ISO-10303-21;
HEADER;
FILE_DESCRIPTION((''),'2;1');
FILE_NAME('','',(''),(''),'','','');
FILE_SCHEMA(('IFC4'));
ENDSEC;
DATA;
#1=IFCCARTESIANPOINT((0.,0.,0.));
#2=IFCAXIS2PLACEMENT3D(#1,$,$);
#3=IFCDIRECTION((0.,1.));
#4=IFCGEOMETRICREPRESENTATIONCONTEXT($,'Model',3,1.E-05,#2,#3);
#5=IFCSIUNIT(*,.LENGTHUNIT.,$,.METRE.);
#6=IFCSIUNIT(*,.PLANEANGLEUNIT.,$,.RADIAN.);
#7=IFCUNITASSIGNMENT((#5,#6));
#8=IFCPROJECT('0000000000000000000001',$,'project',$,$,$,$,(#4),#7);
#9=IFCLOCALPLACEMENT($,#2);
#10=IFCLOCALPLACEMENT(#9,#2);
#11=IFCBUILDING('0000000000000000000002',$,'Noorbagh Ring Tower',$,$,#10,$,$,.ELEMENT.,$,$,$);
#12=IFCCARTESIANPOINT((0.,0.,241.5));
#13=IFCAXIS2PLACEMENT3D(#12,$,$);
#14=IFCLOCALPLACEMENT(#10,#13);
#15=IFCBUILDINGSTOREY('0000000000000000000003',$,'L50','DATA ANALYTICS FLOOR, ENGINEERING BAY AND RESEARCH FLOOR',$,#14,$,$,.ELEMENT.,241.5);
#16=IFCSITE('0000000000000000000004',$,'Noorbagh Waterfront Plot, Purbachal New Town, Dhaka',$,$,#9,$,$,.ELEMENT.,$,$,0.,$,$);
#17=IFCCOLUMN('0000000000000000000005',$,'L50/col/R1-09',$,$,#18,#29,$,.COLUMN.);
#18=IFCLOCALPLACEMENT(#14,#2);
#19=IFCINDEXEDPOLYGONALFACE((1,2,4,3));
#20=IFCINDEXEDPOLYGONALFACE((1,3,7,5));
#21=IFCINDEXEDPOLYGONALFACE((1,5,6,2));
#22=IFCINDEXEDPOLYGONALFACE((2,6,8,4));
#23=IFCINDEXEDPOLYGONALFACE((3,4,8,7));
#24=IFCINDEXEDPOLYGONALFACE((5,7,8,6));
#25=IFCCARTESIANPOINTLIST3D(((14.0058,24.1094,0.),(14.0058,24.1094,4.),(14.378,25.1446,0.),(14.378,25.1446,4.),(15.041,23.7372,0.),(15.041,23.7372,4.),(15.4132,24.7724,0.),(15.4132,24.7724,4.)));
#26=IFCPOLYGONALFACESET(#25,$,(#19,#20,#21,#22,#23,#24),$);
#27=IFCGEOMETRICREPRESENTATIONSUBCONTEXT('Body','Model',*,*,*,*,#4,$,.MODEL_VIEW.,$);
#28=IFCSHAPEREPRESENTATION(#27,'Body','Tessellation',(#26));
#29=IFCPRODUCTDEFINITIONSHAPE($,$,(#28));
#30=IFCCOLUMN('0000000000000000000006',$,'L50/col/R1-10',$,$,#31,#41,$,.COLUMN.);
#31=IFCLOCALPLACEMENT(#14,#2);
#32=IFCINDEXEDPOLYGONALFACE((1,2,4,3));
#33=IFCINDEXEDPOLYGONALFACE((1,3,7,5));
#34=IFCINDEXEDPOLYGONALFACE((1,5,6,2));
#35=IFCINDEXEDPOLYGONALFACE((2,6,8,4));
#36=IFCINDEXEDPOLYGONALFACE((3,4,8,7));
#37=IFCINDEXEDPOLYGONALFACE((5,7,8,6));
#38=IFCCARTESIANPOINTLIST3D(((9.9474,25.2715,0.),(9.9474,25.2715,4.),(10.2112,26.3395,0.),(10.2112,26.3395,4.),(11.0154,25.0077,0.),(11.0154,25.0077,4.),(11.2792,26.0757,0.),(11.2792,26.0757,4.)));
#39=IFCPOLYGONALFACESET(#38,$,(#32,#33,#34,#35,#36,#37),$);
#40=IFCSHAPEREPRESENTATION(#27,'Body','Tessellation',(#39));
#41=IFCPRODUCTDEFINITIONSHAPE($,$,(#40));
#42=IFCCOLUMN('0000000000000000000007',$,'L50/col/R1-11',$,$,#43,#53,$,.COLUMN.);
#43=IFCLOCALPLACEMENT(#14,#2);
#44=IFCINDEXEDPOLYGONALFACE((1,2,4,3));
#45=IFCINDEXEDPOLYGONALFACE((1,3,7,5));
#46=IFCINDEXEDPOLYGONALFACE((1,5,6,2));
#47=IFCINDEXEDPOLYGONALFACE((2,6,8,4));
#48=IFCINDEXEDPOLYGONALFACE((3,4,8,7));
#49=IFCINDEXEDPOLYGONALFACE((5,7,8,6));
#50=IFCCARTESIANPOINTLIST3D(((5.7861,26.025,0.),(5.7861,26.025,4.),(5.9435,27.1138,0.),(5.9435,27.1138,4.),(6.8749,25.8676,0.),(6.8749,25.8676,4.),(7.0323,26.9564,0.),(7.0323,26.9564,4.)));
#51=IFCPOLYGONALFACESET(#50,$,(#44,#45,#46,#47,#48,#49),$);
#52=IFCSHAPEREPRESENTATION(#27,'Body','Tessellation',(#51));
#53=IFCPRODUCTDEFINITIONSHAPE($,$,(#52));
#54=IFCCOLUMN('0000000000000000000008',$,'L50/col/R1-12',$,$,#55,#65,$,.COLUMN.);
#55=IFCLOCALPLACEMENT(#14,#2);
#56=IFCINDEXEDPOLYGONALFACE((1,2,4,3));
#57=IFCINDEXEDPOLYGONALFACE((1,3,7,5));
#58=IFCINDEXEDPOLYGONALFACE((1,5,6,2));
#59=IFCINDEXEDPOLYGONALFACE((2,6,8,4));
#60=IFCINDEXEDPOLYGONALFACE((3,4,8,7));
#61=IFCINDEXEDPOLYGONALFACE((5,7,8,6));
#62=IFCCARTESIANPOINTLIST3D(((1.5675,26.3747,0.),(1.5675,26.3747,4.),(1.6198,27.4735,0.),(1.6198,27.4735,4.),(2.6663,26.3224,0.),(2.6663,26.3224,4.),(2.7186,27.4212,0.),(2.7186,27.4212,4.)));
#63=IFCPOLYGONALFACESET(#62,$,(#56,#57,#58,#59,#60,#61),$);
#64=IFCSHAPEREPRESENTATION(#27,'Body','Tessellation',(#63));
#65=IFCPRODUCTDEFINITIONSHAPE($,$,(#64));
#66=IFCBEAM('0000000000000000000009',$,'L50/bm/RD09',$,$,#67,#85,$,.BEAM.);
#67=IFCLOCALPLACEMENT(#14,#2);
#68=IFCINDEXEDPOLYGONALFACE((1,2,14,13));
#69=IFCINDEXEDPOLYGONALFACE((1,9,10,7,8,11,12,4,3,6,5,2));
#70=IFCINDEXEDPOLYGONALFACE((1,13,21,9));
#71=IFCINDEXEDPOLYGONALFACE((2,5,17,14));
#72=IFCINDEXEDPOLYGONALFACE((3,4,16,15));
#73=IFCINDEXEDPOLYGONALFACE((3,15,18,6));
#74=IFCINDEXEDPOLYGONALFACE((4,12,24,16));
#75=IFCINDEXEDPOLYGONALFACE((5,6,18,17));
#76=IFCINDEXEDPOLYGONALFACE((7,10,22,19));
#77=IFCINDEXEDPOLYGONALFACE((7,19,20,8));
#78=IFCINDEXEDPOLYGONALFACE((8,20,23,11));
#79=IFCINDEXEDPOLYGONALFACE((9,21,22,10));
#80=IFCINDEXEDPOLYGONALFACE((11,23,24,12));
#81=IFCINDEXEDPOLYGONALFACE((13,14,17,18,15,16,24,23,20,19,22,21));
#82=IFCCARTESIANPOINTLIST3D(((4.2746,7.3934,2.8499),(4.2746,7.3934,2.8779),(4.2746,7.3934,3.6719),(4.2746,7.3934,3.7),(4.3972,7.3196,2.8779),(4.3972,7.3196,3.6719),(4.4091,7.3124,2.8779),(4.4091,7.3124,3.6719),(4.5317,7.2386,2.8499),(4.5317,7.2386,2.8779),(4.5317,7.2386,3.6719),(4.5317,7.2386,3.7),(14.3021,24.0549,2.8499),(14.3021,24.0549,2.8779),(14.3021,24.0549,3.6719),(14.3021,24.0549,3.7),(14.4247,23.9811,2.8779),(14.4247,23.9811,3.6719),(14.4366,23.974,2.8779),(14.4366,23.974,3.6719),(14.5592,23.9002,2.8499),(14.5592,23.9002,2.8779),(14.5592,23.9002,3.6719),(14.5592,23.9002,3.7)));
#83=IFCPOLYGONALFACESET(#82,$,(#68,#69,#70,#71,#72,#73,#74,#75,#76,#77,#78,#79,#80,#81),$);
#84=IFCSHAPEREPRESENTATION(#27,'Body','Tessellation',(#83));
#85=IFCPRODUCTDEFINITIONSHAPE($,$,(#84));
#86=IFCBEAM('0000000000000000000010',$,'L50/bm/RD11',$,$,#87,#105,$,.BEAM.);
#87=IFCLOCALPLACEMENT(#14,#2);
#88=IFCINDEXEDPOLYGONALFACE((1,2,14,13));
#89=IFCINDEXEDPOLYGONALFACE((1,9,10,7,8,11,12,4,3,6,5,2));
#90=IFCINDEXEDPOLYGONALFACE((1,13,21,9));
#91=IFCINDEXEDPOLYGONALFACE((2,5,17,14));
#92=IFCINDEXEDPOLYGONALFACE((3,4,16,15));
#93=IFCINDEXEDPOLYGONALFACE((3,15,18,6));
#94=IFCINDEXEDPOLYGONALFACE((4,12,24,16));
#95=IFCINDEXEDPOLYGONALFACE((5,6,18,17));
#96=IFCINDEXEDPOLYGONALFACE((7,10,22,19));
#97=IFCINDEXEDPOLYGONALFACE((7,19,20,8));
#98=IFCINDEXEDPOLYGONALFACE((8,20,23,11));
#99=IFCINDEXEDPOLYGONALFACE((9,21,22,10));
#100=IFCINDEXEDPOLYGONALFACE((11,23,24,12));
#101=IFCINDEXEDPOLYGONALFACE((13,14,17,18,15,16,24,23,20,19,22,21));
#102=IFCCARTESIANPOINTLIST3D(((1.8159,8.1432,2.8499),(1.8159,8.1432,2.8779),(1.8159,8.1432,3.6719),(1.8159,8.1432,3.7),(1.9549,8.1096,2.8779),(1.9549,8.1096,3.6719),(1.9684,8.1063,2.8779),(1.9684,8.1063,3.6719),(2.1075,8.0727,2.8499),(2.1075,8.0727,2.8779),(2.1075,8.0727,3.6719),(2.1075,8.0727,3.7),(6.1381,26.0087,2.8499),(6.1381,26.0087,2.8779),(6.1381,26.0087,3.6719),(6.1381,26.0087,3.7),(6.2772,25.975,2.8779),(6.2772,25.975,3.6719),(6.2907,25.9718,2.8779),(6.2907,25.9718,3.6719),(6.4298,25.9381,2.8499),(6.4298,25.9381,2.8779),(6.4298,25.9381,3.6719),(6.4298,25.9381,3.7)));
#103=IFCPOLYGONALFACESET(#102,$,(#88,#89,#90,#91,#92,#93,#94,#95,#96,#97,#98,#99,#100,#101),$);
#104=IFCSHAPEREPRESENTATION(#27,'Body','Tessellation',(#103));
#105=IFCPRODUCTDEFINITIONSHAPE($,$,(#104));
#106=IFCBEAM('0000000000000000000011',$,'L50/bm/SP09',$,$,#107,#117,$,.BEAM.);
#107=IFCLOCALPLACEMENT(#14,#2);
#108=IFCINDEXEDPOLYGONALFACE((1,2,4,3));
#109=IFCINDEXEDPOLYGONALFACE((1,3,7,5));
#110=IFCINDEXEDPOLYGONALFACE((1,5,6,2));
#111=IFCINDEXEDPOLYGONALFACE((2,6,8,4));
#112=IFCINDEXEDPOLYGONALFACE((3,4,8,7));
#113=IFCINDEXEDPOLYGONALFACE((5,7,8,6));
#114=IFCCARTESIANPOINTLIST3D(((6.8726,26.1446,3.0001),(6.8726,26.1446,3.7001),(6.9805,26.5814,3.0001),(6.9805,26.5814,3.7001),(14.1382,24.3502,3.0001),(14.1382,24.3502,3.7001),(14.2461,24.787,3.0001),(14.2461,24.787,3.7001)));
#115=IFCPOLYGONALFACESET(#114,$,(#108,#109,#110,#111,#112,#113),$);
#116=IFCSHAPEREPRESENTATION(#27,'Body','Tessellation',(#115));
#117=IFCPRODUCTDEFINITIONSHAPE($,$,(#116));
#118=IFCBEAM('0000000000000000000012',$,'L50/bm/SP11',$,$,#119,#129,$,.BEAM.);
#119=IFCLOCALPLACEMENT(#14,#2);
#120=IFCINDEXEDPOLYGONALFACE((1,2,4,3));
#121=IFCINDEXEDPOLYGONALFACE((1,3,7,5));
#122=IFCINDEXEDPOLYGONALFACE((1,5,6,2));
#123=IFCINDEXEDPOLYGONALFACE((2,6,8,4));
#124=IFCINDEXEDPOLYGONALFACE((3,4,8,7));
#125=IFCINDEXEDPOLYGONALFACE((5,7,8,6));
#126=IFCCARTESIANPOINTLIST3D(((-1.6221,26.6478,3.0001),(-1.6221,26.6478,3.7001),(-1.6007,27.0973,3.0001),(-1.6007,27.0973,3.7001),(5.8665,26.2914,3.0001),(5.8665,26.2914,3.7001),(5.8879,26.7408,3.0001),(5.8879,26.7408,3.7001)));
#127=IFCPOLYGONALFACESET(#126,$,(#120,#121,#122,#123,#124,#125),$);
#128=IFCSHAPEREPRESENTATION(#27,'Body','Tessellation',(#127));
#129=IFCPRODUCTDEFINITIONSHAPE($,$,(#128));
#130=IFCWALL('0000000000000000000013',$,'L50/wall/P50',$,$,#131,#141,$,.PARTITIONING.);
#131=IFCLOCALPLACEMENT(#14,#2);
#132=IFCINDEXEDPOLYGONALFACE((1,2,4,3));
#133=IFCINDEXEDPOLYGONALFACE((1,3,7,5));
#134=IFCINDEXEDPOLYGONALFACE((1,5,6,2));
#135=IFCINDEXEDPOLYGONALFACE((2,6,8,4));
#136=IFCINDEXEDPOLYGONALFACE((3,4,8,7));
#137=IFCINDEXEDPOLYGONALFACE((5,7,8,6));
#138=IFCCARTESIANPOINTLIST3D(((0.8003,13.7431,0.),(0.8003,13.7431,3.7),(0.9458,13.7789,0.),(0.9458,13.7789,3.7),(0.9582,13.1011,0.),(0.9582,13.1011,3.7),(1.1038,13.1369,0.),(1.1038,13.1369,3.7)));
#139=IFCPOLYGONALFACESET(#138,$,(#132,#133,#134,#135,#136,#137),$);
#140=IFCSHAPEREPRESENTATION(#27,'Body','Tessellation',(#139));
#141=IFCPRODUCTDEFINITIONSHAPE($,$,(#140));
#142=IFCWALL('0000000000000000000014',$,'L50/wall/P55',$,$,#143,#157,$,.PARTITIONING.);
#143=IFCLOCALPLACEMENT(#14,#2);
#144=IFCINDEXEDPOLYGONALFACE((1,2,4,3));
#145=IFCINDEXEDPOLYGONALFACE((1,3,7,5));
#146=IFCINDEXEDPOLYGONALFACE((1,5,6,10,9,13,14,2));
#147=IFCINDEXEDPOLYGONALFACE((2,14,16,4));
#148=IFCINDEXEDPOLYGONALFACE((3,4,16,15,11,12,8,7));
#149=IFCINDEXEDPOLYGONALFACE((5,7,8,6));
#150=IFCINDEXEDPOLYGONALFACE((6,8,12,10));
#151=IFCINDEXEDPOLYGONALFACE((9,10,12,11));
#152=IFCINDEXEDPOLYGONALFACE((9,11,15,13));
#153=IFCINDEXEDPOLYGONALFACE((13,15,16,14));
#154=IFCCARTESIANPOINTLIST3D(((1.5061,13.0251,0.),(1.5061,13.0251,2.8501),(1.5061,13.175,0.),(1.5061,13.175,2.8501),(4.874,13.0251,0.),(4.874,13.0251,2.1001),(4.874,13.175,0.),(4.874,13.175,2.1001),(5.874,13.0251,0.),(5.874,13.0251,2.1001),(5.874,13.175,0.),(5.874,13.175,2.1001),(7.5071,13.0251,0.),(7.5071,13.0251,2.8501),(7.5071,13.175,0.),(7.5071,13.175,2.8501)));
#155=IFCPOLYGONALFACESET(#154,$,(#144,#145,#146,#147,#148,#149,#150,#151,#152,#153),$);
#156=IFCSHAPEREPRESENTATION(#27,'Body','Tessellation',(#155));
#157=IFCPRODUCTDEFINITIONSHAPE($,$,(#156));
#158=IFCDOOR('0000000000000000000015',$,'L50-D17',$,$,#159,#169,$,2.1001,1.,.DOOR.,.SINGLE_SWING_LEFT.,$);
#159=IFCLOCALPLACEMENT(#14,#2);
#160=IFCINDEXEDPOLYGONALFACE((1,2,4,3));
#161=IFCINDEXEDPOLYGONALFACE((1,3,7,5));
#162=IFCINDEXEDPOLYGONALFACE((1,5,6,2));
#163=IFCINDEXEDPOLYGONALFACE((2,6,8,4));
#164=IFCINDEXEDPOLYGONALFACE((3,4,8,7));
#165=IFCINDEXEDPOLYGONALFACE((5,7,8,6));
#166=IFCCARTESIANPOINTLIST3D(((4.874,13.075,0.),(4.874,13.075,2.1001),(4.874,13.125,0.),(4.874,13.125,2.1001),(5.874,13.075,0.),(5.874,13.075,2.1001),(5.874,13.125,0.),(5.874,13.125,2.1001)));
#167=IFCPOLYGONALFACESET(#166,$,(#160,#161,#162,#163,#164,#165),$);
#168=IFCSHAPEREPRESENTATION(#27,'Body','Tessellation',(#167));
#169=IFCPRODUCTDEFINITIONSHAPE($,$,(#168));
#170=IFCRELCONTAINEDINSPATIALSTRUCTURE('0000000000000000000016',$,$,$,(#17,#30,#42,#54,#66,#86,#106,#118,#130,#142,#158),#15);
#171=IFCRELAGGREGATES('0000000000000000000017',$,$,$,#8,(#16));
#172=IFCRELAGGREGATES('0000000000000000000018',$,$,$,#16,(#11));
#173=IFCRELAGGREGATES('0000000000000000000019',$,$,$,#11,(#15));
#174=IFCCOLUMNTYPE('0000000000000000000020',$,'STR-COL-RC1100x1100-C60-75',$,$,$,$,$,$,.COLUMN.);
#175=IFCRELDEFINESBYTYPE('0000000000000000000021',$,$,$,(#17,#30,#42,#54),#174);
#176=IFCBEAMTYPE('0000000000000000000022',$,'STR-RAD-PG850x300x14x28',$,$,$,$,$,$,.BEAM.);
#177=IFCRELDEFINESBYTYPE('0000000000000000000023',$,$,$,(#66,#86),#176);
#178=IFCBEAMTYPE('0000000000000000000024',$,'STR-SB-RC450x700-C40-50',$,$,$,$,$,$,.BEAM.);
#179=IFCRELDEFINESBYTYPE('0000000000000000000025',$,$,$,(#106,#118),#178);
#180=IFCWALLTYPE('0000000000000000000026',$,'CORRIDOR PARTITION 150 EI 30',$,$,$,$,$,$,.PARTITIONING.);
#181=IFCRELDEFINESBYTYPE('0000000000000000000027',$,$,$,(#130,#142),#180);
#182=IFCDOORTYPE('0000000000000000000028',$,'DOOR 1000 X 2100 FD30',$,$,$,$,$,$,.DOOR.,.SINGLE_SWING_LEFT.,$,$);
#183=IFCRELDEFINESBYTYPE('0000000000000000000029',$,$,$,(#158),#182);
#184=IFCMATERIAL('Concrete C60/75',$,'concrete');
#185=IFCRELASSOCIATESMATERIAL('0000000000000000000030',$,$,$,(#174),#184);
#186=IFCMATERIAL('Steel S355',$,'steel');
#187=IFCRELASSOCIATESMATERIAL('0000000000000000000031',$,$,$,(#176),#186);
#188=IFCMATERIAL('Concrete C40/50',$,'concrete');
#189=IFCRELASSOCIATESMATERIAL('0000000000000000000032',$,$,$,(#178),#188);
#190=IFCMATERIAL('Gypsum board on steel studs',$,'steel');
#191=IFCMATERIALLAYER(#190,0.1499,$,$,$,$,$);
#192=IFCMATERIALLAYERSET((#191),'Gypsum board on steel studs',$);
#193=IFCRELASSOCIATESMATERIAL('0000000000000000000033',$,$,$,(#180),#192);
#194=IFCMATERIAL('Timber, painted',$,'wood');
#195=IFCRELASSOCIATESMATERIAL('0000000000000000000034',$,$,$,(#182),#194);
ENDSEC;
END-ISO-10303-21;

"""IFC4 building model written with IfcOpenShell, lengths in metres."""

from ifc_helpers import new_model, si_unit, direction, frame, frame_2d, origin, origin_2d, place, context, subcontext, project, spatial, rectangle, i_section, extrude, material, layer, layer_set, material_profile, profile_set, type_object, element, fill, save


model = new_model("IFC4")

# Units and contexts
model_context = context("Model", 3, precision=1e-05, world=origin(), true_north=direction((0.0, 1.0)))
body_context = subcontext(model_context, "Body", "Model", "MODEL_VIEW")
ifc_project = project(units=[si_unit("LENGTHUNIT", "METRE"), si_unit("PLANEANGLEUNIT", "RADIAN")], contexts=[model_context])

# Site, building, storey
site_placement = place(None, origin())
site = spatial("IfcSite", under=ifc_project, at=site_placement, Name="Noorbagh Waterfront Plot, Purbachal New Town, Dhaka", CompositionType="ELEMENT", RefElevation=0.0)
building_placement = place(site_placement, origin())
building = spatial("IfcBuilding", under=site, at=building_placement, Name="Noorbagh Ring Tower", CompositionType="ELEMENT")
storey_placement = place(building_placement, frame((0.0, 0.0, 241.5)))
storey = spatial("IfcBuildingStorey", under=building, at=storey_placement, Name="L50", Description="DATA ANALYTICS FLOOR, ENGINEERING BAY AND RESEARCH FLOOR", CompositionType="ELEMENT", Elevation=241.5)

# Columns
ifc_material_1 = material(Name="Concrete C60/75", Category="concrete")
ifc_material_profile_1 = material_profile(ifc_material_1, rectangle(XDim=1.1001, YDim=1.1001, at=origin_2d()), Name="RC1100x1100")
ifc_profile_set_1 = profile_set([ifc_material_profile_1], Name="Concrete C60/75")
column_type = type_object("IfcColumnType", Name="STR-COL-RC1100x1100-C60-75", PredefinedType="COLUMN", material=ifc_profile_set_1)
for number, where, z_axis, x_axis, name in (
    (1, (14.7095, 24.4409, 0.0), (0.0, 0.0, 1.0), (-0.941025, 0.338338, 0.0), "L50/col/R1-09"),
    (2, (10.6133, 25.6736, 0.0), (0.0, 0.0, 1.0), (-0.970829, 0.239771, 0.0), "L50/col/R1-10"),
    (3, (6.4092, 26.4907, 0.0), (0.0, 0.0, 1.0), (-0.989713, 0.143066, 0.0), "L50/col/R1-11"),
    (4, (2.1431, 26.8979, 0.0), (0.0, 0.0, 1.0), (-0.998869, 0.047553, 0.0), "L50/col/R1-12"),
):
    element("IfcColumn", number, at=place(storey_placement, frame(where, z_axis=z_axis, x_axis=x_axis)), inside=storey, type_object=column_type, Name=name, PredefinedType="COLUMN", context=body_context, shape_type="SweptSolid", body=[
        extrude(rectangle(XDim=1.1001, YDim=1.1001, at=origin_2d()), origin(), (0.0, 0.0, 1.0), 4.0),
    ])

# Beams
ifc_material_2 = material(Name="Steel S355", Category="steel")
ifc_material_profile_2 = material_profile(ifc_material_2, i_section(OverallWidth=0.3, OverallDepth=0.8501, WebThickness=0.0139, FlangeThickness=0.0281, at=origin_2d()), Name="PG850x300x14x28")
ifc_profile_set_2 = profile_set([ifc_material_profile_2], Name="Steel S355")
beam_type_1 = type_object("IfcBeamType", Name="STR-RAD-PG850x300x14x28", PredefinedType="BEAM", material=ifc_profile_set_2)
beam_1_placement = place(storey_placement, frame((14.4307, 23.9775, 3.2749), z_axis=(-0.515653, -0.856798, 0.0), x_axis=(0.856798, -0.515653, 0.0)))
element("IfcBeam", 5, at=beam_1_placement, inside=storey, type_object=beam_type_1, Name="L50/bm/RD09", PredefinedType="BEAM", context=body_context, shape_type="SweptSolid", body=[
    extrude(i_section(OverallWidth=0.3, OverallDepth=0.8501, WebThickness=0.0139, FlangeThickness=0.0281, at=origin_2d()), origin(), (0.0, 0.0, 1.0), 19.4463),
])
beam_2_placement = place(storey_placement, frame((6.2839, 25.9734, 3.2749), z_axis=(-0.23515, -0.971959, 0.0), x_axis=(0.971959, -0.23515, 0.0)))
element("IfcBeam", 6, at=beam_2_placement, inside=storey, type_object=beam_type_1, Name="L50/bm/RD11", PredefinedType="BEAM", context=body_context, shape_type="SweptSolid", body=[
    extrude(i_section(OverallWidth=0.3, OverallDepth=0.8501, WebThickness=0.0139, FlangeThickness=0.0281, at=origin_2d()), origin(), (0.0, 0.0, 1.0), 18.3809),
])
ifc_material_3 = material(Name="Concrete C40/50", Category="concrete")
ifc_material_profile_3 = material_profile(ifc_material_3, rectangle(XDim=0.45, YDim=0.7, at=origin_2d()), Name="RC450x700")
ifc_profile_set_3 = profile_set([ifc_material_profile_3], Name="Concrete C40/50")
beam_type_2 = type_object("IfcBeamType", Name="STR-SB-RC450x700-C40-50", PredefinedType="BEAM", material=ifc_profile_set_3)
beam_3_placement = place(storey_placement, frame((14.1921, 24.5686, 3.3501), z_axis=(-0.970829, 0.239771, 0.0), x_axis=(-0.239771, -0.970829, 0.0)))
element("IfcBeam", 7, at=beam_3_placement, inside=storey, type_object=beam_type_2, Name="L50/bm/SP09", PredefinedType="BEAM", context=body_context, shape_type="SweptSolid", body=[
    extrude(rectangle(XDim=0.45, YDim=0.7, at=origin_2d()), origin(), (0.0, 0.0, 1.0), 7.4839),
])
beam_4_placement = place(storey_placement, frame((5.8772, 26.5161, 3.3501), z_axis=(-0.998869, 0.047545, 0.0), x_axis=(-0.047545, -0.998869, 0.0)))
element("IfcBeam", 8, at=beam_4_placement, inside=storey, type_object=beam_type_2, Name="L50/bm/SP11", PredefinedType="BEAM", context=body_context, shape_type="SweptSolid", body=[
    extrude(rectangle(XDim=0.45, YDim=0.7, at=origin_2d()), origin(), (0.0, 0.0, 1.0), 7.4971),
])

# Wall
ifc_material_4 = material(Name="Gypsum board on steel studs", Category="steel")
ifc_layer_1 = layer(ifc_material_4, 0.1499)
ifc_layer_set_1 = layer_set([ifc_layer_1], Name="Gypsum board on steel studs")
wall_type_1 = type_object("IfcWallType", Name="CORRIDOR PARTITION 150 EI 30", PredefinedType="PARTITIONING", material=ifc_layer_set_1)
wall_1_placement = place(storey_placement, frame((0.873, 13.761, 0.0), z_axis=(0.0, 0.0, 1.0), x_axis=(0.238885, -0.971048, 0.0)))
element("IfcWall", 9, at=wall_1_placement, inside=storey, type_object=wall_type_1, Name="L50/wall/P50", PredefinedType="PARTITIONING", context=body_context, shape_type="SweptSolid", body=[
    extrude(rectangle(XDim=0.6611, YDim=0.1499, at=frame_2d((0.3306, 0.0))), origin(), (0.0, 0.0, 1.0), 3.7),
])

# Wall, opening, door
wall_2_placement = place(storey_placement, frame((1.5061, 13.1001, 0.0), z_axis=(0.0, 0.0, 1.0), x_axis=(1.0, 0.0, 0.0)))
wall_2 = element("IfcWall", 10, at=wall_2_placement, inside=storey, type_object=wall_type_1, Name="L50/wall/P55", PredefinedType="PARTITIONING", context=body_context, shape_type="SweptSolid", body=[
    extrude(rectangle(XDim=6.001, YDim=0.1499, at=frame_2d((3.0005, 0.0))), origin(), (0.0, 0.0, 1.0), 2.8501),
])
opening_1_placement = place(wall_2_placement, frame((3.3679, 0.0, 0.0)))
opening_1 = element("IfcOpeningElement", 11, at=opening_1_placement, cuts=wall_2, PredefinedType="OPENING", context=body_context, shape_type="SweptSolid", body=[
    extrude(rectangle(XDim=1.0, YDim=2.1001, at=frame_2d((0.5, 1.05))), frame((0.0, 0.085, 0.0), z_axis=(0.0, -1.0, 0.0), x_axis=(1.0, 0.0, 0.0)), (0.0, 0.0, 1.0), 0.1699),
])
ifc_material_5 = material(Name="Timber, painted", Category="wood")
door_type = type_object("IfcDoorType", Name="DOOR 1000 X 2100 FD30", OperationType="SINGLE_SWING_LEFT", PredefinedType="DOOR", material=ifc_material_5)
door_1_placement = place(opening_1_placement, origin())
door_1 = element("IfcDoor", 12, at=door_1_placement, inside=storey, type_object=door_type, Name="L50-D17", OperationType="SINGLE_SWING_LEFT", OverallHeight=2.1001, OverallWidth=1.0, PredefinedType="DOOR", context=body_context, shape_type="SweptSolid", body=[
    extrude(rectangle(XDim=1.0, YDim=2.1001, at=frame_2d((0.5, 1.05))), frame((0.0, 0.0249, 0.0), z_axis=(0.0, -1.0, 0.0), x_axis=(1.0, 0.0, 0.0)), (0.0, 0.0, 1.0), 0.05),
])
fill(opening_1, door_1)

save(model, "model.ifc")
